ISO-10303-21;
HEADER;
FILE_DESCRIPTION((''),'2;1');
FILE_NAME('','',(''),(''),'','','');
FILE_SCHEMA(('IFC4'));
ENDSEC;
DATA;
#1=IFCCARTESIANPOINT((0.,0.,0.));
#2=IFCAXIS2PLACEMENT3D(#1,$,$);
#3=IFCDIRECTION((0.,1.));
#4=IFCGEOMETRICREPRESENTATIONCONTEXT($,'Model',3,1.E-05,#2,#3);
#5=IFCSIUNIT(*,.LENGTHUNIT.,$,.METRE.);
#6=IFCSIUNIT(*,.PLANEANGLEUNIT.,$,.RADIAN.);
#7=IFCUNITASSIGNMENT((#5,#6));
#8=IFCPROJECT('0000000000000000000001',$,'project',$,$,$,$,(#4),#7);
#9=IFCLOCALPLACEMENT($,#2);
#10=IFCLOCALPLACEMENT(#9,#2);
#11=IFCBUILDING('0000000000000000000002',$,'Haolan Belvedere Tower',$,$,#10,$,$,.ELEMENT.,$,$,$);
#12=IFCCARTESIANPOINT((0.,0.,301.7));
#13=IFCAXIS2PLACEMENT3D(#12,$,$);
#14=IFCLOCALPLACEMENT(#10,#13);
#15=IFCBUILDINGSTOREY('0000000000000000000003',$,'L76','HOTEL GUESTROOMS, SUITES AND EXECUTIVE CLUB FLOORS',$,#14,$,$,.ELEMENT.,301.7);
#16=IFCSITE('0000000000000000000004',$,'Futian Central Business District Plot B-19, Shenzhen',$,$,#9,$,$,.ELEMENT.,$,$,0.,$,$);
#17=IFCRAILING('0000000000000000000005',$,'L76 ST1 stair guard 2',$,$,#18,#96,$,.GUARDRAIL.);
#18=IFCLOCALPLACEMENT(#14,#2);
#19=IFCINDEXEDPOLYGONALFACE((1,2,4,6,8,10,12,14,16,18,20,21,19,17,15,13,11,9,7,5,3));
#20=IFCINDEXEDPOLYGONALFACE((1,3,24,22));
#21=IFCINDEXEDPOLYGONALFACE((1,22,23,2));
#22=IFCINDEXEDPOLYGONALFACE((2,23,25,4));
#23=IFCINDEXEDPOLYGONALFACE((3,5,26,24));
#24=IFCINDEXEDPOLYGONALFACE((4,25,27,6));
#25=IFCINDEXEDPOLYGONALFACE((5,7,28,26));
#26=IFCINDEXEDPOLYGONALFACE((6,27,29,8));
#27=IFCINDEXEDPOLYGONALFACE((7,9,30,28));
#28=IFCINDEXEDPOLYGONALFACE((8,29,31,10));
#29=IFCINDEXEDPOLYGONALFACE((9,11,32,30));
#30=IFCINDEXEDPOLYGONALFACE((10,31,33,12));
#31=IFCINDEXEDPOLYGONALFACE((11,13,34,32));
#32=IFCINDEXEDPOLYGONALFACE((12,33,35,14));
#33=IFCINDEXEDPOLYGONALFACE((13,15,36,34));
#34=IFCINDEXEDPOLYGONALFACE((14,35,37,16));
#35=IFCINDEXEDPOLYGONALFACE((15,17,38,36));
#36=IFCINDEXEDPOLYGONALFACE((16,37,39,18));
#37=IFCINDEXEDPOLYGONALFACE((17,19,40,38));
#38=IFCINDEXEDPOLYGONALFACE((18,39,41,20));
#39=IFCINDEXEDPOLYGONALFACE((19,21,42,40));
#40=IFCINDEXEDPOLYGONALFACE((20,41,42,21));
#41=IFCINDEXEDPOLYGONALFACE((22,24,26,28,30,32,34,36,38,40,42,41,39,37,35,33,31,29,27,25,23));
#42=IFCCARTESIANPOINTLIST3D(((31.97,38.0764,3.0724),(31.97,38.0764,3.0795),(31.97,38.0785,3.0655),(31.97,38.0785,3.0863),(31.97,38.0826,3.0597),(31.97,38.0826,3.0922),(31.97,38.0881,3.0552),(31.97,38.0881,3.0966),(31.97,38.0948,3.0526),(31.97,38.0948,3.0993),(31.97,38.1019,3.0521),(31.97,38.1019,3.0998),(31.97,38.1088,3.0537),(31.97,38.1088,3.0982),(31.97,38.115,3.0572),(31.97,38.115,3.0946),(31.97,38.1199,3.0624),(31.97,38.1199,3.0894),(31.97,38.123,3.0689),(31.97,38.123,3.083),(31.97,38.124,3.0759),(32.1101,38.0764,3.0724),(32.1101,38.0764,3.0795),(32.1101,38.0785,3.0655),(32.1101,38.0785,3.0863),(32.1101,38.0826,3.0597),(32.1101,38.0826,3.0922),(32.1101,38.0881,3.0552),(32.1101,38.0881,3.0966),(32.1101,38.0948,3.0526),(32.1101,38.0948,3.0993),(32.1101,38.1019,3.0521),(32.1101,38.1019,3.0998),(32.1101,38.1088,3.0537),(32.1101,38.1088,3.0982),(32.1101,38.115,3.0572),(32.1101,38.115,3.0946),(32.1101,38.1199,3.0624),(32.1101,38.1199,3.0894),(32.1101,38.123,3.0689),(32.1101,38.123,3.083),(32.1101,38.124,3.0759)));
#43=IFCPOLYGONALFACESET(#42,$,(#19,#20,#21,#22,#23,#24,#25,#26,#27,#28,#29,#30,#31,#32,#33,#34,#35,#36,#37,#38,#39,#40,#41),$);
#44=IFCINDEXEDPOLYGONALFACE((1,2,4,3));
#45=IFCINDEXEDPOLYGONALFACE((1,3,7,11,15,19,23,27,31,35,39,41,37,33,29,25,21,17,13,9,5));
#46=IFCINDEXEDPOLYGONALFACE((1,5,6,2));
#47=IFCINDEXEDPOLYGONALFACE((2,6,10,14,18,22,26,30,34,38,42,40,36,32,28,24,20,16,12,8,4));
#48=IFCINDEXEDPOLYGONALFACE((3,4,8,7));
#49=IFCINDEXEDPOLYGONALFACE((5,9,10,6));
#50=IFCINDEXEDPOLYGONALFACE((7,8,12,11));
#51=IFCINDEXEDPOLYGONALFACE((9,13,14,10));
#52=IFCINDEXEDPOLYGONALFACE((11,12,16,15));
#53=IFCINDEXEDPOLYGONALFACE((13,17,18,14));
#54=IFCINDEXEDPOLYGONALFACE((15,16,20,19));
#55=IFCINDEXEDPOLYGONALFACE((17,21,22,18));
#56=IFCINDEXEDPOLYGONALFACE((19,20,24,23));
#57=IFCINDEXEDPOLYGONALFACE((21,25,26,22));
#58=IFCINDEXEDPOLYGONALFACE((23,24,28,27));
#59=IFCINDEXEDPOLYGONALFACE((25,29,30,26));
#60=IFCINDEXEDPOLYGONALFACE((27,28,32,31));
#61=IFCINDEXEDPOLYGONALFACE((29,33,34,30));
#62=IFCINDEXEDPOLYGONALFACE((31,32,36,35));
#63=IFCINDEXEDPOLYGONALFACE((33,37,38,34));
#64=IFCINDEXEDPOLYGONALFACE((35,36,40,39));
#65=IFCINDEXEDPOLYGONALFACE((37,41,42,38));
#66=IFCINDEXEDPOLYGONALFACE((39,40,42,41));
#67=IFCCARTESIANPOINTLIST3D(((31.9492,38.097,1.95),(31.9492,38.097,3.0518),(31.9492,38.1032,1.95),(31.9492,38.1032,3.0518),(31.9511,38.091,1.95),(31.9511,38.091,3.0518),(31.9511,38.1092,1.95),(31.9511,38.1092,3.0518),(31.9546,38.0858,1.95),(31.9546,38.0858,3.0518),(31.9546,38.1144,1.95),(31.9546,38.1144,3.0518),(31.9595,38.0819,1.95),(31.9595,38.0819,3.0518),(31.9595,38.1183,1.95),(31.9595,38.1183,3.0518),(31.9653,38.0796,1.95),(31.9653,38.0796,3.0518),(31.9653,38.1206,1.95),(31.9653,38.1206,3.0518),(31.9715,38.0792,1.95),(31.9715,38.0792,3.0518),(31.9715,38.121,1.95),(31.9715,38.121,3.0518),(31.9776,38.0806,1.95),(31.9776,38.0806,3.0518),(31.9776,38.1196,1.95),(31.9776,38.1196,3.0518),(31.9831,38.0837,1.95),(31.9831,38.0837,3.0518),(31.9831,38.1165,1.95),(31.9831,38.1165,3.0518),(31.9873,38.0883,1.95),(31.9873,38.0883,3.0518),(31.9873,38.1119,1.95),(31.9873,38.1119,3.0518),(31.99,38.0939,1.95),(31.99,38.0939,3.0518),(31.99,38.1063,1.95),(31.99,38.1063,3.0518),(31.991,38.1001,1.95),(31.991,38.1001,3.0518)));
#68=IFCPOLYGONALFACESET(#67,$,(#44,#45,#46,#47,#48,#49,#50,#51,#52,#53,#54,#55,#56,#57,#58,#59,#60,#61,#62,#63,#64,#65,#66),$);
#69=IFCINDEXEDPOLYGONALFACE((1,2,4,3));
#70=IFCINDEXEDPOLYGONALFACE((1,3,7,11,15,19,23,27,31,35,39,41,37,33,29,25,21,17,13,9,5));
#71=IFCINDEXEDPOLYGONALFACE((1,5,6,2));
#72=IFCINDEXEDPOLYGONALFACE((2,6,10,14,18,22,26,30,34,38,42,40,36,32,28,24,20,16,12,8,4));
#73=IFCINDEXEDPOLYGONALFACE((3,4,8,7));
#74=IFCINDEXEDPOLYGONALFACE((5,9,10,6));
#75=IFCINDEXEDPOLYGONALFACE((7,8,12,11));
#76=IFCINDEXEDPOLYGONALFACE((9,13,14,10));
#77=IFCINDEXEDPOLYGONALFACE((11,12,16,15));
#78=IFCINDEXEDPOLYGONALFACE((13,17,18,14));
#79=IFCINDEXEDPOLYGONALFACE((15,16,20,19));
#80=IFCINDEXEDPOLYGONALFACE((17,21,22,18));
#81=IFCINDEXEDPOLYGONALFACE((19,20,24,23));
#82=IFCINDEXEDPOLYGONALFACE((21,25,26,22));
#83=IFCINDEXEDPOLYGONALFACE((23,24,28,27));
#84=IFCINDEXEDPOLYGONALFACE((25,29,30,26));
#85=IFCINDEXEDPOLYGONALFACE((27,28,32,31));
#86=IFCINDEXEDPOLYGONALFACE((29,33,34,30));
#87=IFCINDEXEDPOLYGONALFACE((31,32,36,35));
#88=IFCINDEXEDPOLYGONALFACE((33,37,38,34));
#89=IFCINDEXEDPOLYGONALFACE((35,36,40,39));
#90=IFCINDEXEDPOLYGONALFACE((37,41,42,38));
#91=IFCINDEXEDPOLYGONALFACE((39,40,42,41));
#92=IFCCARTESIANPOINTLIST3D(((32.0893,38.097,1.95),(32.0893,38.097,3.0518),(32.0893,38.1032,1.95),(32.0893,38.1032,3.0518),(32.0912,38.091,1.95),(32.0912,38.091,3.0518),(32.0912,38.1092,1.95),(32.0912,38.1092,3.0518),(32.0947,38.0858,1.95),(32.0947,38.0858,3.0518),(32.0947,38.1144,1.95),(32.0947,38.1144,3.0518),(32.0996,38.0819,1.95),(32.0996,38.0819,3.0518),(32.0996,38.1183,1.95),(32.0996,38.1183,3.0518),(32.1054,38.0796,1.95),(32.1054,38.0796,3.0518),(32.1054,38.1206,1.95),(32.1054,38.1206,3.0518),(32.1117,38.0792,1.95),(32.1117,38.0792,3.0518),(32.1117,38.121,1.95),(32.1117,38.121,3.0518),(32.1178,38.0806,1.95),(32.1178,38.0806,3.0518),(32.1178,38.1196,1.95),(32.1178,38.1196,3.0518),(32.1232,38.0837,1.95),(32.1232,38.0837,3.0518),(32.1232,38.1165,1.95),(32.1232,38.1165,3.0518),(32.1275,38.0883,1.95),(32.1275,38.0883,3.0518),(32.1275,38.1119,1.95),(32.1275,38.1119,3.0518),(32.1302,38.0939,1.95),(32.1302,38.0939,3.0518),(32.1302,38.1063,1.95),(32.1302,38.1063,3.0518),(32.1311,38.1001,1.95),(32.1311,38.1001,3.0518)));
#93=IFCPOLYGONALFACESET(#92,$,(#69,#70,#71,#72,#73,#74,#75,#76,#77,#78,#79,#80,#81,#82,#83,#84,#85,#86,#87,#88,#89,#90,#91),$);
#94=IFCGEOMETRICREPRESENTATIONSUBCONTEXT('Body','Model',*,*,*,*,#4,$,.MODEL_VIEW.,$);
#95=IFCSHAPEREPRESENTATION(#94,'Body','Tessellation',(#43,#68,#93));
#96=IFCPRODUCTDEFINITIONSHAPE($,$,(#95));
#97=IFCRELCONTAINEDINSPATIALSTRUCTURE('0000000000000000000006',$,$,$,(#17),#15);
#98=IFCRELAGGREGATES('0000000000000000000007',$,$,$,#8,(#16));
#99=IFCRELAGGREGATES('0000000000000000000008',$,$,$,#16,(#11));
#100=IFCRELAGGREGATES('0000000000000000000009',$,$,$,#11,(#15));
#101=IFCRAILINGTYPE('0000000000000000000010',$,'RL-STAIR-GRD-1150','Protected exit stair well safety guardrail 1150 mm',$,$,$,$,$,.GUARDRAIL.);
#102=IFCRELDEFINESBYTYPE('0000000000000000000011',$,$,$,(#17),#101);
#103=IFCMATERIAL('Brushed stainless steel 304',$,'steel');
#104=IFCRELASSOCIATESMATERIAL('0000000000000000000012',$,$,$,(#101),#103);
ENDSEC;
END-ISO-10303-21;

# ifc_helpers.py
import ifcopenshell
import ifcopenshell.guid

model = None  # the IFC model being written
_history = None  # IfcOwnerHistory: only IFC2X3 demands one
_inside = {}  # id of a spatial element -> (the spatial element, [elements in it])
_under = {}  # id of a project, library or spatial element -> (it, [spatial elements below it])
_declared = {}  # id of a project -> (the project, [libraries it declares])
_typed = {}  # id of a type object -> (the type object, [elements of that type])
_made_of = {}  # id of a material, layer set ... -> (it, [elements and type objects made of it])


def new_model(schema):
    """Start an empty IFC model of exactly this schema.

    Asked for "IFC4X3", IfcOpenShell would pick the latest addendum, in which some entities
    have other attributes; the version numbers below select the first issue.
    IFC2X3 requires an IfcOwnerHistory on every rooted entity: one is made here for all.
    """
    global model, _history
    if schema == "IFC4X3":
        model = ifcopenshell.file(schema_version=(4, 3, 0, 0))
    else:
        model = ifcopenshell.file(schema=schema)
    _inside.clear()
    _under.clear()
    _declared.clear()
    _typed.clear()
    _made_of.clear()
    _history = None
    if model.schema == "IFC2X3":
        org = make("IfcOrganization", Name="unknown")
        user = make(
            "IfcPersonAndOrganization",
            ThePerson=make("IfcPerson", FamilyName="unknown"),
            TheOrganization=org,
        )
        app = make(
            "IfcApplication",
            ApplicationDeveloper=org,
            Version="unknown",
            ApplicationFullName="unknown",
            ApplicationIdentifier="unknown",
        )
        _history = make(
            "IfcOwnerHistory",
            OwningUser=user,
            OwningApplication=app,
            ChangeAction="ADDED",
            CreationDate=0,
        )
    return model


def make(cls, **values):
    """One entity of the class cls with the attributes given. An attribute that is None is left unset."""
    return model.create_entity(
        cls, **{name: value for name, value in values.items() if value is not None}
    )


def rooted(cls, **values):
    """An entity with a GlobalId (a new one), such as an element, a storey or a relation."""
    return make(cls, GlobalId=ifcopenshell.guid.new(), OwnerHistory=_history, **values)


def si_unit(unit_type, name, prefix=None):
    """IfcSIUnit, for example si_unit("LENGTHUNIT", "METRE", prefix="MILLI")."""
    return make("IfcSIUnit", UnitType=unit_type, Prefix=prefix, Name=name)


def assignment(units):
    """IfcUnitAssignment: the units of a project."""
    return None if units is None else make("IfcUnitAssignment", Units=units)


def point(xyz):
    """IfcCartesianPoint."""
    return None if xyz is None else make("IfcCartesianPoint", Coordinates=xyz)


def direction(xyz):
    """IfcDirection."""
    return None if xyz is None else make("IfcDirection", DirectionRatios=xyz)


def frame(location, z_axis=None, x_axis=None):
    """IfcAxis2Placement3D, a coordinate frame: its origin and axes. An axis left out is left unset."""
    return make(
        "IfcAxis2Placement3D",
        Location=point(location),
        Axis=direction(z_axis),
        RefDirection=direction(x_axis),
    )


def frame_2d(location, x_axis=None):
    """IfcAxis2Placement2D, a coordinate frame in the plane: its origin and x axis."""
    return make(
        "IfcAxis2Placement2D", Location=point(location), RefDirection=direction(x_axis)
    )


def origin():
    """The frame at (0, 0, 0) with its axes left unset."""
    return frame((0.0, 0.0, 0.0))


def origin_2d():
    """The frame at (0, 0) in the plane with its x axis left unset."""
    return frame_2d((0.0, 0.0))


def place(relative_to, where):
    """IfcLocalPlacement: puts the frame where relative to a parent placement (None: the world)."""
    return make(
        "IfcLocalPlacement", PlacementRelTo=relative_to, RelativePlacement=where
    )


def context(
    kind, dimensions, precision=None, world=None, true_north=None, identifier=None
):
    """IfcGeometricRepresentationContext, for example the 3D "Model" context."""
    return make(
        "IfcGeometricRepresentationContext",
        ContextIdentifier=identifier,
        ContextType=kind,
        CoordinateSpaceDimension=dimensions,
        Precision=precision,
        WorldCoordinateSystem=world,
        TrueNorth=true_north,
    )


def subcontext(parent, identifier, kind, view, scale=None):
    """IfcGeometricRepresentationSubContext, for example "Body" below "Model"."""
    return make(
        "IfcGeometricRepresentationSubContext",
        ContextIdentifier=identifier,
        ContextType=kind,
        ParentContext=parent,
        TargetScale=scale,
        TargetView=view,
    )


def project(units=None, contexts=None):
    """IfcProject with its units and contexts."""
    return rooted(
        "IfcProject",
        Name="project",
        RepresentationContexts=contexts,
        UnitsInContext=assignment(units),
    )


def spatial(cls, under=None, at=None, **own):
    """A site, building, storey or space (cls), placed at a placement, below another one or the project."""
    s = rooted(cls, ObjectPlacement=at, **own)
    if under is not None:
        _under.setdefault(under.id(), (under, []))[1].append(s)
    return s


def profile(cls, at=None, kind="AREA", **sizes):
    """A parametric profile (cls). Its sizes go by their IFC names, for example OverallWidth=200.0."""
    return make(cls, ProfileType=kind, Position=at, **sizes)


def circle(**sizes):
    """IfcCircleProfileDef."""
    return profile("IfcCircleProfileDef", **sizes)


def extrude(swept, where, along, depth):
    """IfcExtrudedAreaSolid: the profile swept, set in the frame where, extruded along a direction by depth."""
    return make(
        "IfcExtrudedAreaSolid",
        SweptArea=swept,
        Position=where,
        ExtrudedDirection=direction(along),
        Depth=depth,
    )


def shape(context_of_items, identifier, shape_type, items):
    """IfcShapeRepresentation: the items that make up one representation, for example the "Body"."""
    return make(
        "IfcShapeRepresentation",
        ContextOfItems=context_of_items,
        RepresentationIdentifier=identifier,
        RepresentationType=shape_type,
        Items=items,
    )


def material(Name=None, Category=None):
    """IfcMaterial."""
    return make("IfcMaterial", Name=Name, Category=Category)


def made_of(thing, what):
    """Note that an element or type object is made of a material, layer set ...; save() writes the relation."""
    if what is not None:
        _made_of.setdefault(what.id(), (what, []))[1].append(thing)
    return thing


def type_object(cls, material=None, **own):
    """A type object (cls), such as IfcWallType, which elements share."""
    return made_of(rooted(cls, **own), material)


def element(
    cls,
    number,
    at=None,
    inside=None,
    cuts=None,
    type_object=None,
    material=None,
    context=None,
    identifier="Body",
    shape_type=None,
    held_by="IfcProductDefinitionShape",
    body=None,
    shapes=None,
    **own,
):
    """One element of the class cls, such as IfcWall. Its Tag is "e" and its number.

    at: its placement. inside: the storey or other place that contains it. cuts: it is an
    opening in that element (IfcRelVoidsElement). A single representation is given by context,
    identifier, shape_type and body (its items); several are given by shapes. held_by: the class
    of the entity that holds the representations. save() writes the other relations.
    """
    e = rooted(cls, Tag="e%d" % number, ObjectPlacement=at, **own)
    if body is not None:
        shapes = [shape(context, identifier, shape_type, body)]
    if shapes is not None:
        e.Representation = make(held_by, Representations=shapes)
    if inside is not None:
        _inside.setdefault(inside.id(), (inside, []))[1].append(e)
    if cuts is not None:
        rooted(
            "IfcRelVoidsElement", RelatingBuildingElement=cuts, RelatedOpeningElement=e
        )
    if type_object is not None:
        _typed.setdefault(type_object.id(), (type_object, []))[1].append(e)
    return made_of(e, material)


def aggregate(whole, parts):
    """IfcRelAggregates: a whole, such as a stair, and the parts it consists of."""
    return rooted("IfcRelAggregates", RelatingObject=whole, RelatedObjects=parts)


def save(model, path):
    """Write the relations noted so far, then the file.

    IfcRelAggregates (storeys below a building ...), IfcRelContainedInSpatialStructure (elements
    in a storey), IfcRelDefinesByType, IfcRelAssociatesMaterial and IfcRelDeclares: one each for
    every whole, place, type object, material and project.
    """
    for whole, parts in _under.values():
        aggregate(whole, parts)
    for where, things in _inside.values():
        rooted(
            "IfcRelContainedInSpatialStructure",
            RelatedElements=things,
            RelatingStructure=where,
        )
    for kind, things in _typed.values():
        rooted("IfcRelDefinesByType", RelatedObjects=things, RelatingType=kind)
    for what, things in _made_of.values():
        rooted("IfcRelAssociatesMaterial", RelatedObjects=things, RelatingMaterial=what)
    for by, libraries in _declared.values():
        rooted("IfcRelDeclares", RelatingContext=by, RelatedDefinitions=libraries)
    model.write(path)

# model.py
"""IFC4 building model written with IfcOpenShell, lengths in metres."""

from ifc_helpers import new_model, si_unit, direction, frame, origin, origin_2d, place, context, subcontext, project, spatial, circle, extrude, material, type_object, element, save


model = new_model("IFC4")

# Units and contexts
model_context = context("Model", 3, precision=1e-05, world=origin(), true_north=direction((0.0, 1.0)))
body_context = subcontext(model_context, "Body", "Model", "MODEL_VIEW")
ifc_project = project(units=[si_unit("LENGTHUNIT", "METRE"), si_unit("PLANEANGLEUNIT", "RADIAN")], contexts=[model_context])

# Site, building, storey
site_placement = place(None, origin())
site = spatial("IfcSite", under=ifc_project, at=site_placement, Name="Futian Central Business District Plot B-19, Shenzhen", CompositionType="ELEMENT", RefElevation=0.0)
building_placement = place(site_placement, origin())
building = spatial("IfcBuilding", under=site, at=building_placement, Name="Haolan Belvedere Tower", CompositionType="ELEMENT")
storey_placement = place(building_placement, frame((0.0, 0.0, 301.7)))
storey = spatial("IfcBuildingStorey", under=building, at=storey_placement, Name="L76", Description="HOTEL GUESTROOMS, SUITES AND EXECUTIVE CLUB FLOORS", CompositionType="ELEMENT", Elevation=301.7)

# Railing
ifc_material_1 = material(Name="Brushed stainless steel 304", Category="steel")
railing_type_1 = type_object("IfcRailingType", Name="RL-STAIR-GRD-1150", Description="Protected exit stair well safety guardrail 1150 mm", PredefinedType="GUARDRAIL", material=ifc_material_1)
railing_1_placement = place(storey_placement, frame((31.97, 38.1001, 1.95)))
element("IfcRailing", 1, at=railing_1_placement, inside=storey, type_object=railing_type_1, Name="L76 ST1 stair guard 2", PredefinedType="GUARDRAIL", context=body_context, shape_type="SweptSolid", body=[
    extrude(circle(Radius=0.0239, at=origin_2d()), frame((0.0, 0.0, 1.126), z_axis=(1.0, 0.0, 0.0), x_axis=(0.0, 1.0, 0.0)), (0.0, 0.0, 1.0), 0.1401),
    extrude(circle(Radius=0.021, at=origin_2d()), origin(), (0.0, 0.0, 1.0), 1.1018),
    extrude(circle(Radius=0.021, at=origin_2d()), frame((0.1401, 0.0, 0.0)), (0.0, 0.0, 1.0), 1.1018),
])

save(model, "model.ifc")
